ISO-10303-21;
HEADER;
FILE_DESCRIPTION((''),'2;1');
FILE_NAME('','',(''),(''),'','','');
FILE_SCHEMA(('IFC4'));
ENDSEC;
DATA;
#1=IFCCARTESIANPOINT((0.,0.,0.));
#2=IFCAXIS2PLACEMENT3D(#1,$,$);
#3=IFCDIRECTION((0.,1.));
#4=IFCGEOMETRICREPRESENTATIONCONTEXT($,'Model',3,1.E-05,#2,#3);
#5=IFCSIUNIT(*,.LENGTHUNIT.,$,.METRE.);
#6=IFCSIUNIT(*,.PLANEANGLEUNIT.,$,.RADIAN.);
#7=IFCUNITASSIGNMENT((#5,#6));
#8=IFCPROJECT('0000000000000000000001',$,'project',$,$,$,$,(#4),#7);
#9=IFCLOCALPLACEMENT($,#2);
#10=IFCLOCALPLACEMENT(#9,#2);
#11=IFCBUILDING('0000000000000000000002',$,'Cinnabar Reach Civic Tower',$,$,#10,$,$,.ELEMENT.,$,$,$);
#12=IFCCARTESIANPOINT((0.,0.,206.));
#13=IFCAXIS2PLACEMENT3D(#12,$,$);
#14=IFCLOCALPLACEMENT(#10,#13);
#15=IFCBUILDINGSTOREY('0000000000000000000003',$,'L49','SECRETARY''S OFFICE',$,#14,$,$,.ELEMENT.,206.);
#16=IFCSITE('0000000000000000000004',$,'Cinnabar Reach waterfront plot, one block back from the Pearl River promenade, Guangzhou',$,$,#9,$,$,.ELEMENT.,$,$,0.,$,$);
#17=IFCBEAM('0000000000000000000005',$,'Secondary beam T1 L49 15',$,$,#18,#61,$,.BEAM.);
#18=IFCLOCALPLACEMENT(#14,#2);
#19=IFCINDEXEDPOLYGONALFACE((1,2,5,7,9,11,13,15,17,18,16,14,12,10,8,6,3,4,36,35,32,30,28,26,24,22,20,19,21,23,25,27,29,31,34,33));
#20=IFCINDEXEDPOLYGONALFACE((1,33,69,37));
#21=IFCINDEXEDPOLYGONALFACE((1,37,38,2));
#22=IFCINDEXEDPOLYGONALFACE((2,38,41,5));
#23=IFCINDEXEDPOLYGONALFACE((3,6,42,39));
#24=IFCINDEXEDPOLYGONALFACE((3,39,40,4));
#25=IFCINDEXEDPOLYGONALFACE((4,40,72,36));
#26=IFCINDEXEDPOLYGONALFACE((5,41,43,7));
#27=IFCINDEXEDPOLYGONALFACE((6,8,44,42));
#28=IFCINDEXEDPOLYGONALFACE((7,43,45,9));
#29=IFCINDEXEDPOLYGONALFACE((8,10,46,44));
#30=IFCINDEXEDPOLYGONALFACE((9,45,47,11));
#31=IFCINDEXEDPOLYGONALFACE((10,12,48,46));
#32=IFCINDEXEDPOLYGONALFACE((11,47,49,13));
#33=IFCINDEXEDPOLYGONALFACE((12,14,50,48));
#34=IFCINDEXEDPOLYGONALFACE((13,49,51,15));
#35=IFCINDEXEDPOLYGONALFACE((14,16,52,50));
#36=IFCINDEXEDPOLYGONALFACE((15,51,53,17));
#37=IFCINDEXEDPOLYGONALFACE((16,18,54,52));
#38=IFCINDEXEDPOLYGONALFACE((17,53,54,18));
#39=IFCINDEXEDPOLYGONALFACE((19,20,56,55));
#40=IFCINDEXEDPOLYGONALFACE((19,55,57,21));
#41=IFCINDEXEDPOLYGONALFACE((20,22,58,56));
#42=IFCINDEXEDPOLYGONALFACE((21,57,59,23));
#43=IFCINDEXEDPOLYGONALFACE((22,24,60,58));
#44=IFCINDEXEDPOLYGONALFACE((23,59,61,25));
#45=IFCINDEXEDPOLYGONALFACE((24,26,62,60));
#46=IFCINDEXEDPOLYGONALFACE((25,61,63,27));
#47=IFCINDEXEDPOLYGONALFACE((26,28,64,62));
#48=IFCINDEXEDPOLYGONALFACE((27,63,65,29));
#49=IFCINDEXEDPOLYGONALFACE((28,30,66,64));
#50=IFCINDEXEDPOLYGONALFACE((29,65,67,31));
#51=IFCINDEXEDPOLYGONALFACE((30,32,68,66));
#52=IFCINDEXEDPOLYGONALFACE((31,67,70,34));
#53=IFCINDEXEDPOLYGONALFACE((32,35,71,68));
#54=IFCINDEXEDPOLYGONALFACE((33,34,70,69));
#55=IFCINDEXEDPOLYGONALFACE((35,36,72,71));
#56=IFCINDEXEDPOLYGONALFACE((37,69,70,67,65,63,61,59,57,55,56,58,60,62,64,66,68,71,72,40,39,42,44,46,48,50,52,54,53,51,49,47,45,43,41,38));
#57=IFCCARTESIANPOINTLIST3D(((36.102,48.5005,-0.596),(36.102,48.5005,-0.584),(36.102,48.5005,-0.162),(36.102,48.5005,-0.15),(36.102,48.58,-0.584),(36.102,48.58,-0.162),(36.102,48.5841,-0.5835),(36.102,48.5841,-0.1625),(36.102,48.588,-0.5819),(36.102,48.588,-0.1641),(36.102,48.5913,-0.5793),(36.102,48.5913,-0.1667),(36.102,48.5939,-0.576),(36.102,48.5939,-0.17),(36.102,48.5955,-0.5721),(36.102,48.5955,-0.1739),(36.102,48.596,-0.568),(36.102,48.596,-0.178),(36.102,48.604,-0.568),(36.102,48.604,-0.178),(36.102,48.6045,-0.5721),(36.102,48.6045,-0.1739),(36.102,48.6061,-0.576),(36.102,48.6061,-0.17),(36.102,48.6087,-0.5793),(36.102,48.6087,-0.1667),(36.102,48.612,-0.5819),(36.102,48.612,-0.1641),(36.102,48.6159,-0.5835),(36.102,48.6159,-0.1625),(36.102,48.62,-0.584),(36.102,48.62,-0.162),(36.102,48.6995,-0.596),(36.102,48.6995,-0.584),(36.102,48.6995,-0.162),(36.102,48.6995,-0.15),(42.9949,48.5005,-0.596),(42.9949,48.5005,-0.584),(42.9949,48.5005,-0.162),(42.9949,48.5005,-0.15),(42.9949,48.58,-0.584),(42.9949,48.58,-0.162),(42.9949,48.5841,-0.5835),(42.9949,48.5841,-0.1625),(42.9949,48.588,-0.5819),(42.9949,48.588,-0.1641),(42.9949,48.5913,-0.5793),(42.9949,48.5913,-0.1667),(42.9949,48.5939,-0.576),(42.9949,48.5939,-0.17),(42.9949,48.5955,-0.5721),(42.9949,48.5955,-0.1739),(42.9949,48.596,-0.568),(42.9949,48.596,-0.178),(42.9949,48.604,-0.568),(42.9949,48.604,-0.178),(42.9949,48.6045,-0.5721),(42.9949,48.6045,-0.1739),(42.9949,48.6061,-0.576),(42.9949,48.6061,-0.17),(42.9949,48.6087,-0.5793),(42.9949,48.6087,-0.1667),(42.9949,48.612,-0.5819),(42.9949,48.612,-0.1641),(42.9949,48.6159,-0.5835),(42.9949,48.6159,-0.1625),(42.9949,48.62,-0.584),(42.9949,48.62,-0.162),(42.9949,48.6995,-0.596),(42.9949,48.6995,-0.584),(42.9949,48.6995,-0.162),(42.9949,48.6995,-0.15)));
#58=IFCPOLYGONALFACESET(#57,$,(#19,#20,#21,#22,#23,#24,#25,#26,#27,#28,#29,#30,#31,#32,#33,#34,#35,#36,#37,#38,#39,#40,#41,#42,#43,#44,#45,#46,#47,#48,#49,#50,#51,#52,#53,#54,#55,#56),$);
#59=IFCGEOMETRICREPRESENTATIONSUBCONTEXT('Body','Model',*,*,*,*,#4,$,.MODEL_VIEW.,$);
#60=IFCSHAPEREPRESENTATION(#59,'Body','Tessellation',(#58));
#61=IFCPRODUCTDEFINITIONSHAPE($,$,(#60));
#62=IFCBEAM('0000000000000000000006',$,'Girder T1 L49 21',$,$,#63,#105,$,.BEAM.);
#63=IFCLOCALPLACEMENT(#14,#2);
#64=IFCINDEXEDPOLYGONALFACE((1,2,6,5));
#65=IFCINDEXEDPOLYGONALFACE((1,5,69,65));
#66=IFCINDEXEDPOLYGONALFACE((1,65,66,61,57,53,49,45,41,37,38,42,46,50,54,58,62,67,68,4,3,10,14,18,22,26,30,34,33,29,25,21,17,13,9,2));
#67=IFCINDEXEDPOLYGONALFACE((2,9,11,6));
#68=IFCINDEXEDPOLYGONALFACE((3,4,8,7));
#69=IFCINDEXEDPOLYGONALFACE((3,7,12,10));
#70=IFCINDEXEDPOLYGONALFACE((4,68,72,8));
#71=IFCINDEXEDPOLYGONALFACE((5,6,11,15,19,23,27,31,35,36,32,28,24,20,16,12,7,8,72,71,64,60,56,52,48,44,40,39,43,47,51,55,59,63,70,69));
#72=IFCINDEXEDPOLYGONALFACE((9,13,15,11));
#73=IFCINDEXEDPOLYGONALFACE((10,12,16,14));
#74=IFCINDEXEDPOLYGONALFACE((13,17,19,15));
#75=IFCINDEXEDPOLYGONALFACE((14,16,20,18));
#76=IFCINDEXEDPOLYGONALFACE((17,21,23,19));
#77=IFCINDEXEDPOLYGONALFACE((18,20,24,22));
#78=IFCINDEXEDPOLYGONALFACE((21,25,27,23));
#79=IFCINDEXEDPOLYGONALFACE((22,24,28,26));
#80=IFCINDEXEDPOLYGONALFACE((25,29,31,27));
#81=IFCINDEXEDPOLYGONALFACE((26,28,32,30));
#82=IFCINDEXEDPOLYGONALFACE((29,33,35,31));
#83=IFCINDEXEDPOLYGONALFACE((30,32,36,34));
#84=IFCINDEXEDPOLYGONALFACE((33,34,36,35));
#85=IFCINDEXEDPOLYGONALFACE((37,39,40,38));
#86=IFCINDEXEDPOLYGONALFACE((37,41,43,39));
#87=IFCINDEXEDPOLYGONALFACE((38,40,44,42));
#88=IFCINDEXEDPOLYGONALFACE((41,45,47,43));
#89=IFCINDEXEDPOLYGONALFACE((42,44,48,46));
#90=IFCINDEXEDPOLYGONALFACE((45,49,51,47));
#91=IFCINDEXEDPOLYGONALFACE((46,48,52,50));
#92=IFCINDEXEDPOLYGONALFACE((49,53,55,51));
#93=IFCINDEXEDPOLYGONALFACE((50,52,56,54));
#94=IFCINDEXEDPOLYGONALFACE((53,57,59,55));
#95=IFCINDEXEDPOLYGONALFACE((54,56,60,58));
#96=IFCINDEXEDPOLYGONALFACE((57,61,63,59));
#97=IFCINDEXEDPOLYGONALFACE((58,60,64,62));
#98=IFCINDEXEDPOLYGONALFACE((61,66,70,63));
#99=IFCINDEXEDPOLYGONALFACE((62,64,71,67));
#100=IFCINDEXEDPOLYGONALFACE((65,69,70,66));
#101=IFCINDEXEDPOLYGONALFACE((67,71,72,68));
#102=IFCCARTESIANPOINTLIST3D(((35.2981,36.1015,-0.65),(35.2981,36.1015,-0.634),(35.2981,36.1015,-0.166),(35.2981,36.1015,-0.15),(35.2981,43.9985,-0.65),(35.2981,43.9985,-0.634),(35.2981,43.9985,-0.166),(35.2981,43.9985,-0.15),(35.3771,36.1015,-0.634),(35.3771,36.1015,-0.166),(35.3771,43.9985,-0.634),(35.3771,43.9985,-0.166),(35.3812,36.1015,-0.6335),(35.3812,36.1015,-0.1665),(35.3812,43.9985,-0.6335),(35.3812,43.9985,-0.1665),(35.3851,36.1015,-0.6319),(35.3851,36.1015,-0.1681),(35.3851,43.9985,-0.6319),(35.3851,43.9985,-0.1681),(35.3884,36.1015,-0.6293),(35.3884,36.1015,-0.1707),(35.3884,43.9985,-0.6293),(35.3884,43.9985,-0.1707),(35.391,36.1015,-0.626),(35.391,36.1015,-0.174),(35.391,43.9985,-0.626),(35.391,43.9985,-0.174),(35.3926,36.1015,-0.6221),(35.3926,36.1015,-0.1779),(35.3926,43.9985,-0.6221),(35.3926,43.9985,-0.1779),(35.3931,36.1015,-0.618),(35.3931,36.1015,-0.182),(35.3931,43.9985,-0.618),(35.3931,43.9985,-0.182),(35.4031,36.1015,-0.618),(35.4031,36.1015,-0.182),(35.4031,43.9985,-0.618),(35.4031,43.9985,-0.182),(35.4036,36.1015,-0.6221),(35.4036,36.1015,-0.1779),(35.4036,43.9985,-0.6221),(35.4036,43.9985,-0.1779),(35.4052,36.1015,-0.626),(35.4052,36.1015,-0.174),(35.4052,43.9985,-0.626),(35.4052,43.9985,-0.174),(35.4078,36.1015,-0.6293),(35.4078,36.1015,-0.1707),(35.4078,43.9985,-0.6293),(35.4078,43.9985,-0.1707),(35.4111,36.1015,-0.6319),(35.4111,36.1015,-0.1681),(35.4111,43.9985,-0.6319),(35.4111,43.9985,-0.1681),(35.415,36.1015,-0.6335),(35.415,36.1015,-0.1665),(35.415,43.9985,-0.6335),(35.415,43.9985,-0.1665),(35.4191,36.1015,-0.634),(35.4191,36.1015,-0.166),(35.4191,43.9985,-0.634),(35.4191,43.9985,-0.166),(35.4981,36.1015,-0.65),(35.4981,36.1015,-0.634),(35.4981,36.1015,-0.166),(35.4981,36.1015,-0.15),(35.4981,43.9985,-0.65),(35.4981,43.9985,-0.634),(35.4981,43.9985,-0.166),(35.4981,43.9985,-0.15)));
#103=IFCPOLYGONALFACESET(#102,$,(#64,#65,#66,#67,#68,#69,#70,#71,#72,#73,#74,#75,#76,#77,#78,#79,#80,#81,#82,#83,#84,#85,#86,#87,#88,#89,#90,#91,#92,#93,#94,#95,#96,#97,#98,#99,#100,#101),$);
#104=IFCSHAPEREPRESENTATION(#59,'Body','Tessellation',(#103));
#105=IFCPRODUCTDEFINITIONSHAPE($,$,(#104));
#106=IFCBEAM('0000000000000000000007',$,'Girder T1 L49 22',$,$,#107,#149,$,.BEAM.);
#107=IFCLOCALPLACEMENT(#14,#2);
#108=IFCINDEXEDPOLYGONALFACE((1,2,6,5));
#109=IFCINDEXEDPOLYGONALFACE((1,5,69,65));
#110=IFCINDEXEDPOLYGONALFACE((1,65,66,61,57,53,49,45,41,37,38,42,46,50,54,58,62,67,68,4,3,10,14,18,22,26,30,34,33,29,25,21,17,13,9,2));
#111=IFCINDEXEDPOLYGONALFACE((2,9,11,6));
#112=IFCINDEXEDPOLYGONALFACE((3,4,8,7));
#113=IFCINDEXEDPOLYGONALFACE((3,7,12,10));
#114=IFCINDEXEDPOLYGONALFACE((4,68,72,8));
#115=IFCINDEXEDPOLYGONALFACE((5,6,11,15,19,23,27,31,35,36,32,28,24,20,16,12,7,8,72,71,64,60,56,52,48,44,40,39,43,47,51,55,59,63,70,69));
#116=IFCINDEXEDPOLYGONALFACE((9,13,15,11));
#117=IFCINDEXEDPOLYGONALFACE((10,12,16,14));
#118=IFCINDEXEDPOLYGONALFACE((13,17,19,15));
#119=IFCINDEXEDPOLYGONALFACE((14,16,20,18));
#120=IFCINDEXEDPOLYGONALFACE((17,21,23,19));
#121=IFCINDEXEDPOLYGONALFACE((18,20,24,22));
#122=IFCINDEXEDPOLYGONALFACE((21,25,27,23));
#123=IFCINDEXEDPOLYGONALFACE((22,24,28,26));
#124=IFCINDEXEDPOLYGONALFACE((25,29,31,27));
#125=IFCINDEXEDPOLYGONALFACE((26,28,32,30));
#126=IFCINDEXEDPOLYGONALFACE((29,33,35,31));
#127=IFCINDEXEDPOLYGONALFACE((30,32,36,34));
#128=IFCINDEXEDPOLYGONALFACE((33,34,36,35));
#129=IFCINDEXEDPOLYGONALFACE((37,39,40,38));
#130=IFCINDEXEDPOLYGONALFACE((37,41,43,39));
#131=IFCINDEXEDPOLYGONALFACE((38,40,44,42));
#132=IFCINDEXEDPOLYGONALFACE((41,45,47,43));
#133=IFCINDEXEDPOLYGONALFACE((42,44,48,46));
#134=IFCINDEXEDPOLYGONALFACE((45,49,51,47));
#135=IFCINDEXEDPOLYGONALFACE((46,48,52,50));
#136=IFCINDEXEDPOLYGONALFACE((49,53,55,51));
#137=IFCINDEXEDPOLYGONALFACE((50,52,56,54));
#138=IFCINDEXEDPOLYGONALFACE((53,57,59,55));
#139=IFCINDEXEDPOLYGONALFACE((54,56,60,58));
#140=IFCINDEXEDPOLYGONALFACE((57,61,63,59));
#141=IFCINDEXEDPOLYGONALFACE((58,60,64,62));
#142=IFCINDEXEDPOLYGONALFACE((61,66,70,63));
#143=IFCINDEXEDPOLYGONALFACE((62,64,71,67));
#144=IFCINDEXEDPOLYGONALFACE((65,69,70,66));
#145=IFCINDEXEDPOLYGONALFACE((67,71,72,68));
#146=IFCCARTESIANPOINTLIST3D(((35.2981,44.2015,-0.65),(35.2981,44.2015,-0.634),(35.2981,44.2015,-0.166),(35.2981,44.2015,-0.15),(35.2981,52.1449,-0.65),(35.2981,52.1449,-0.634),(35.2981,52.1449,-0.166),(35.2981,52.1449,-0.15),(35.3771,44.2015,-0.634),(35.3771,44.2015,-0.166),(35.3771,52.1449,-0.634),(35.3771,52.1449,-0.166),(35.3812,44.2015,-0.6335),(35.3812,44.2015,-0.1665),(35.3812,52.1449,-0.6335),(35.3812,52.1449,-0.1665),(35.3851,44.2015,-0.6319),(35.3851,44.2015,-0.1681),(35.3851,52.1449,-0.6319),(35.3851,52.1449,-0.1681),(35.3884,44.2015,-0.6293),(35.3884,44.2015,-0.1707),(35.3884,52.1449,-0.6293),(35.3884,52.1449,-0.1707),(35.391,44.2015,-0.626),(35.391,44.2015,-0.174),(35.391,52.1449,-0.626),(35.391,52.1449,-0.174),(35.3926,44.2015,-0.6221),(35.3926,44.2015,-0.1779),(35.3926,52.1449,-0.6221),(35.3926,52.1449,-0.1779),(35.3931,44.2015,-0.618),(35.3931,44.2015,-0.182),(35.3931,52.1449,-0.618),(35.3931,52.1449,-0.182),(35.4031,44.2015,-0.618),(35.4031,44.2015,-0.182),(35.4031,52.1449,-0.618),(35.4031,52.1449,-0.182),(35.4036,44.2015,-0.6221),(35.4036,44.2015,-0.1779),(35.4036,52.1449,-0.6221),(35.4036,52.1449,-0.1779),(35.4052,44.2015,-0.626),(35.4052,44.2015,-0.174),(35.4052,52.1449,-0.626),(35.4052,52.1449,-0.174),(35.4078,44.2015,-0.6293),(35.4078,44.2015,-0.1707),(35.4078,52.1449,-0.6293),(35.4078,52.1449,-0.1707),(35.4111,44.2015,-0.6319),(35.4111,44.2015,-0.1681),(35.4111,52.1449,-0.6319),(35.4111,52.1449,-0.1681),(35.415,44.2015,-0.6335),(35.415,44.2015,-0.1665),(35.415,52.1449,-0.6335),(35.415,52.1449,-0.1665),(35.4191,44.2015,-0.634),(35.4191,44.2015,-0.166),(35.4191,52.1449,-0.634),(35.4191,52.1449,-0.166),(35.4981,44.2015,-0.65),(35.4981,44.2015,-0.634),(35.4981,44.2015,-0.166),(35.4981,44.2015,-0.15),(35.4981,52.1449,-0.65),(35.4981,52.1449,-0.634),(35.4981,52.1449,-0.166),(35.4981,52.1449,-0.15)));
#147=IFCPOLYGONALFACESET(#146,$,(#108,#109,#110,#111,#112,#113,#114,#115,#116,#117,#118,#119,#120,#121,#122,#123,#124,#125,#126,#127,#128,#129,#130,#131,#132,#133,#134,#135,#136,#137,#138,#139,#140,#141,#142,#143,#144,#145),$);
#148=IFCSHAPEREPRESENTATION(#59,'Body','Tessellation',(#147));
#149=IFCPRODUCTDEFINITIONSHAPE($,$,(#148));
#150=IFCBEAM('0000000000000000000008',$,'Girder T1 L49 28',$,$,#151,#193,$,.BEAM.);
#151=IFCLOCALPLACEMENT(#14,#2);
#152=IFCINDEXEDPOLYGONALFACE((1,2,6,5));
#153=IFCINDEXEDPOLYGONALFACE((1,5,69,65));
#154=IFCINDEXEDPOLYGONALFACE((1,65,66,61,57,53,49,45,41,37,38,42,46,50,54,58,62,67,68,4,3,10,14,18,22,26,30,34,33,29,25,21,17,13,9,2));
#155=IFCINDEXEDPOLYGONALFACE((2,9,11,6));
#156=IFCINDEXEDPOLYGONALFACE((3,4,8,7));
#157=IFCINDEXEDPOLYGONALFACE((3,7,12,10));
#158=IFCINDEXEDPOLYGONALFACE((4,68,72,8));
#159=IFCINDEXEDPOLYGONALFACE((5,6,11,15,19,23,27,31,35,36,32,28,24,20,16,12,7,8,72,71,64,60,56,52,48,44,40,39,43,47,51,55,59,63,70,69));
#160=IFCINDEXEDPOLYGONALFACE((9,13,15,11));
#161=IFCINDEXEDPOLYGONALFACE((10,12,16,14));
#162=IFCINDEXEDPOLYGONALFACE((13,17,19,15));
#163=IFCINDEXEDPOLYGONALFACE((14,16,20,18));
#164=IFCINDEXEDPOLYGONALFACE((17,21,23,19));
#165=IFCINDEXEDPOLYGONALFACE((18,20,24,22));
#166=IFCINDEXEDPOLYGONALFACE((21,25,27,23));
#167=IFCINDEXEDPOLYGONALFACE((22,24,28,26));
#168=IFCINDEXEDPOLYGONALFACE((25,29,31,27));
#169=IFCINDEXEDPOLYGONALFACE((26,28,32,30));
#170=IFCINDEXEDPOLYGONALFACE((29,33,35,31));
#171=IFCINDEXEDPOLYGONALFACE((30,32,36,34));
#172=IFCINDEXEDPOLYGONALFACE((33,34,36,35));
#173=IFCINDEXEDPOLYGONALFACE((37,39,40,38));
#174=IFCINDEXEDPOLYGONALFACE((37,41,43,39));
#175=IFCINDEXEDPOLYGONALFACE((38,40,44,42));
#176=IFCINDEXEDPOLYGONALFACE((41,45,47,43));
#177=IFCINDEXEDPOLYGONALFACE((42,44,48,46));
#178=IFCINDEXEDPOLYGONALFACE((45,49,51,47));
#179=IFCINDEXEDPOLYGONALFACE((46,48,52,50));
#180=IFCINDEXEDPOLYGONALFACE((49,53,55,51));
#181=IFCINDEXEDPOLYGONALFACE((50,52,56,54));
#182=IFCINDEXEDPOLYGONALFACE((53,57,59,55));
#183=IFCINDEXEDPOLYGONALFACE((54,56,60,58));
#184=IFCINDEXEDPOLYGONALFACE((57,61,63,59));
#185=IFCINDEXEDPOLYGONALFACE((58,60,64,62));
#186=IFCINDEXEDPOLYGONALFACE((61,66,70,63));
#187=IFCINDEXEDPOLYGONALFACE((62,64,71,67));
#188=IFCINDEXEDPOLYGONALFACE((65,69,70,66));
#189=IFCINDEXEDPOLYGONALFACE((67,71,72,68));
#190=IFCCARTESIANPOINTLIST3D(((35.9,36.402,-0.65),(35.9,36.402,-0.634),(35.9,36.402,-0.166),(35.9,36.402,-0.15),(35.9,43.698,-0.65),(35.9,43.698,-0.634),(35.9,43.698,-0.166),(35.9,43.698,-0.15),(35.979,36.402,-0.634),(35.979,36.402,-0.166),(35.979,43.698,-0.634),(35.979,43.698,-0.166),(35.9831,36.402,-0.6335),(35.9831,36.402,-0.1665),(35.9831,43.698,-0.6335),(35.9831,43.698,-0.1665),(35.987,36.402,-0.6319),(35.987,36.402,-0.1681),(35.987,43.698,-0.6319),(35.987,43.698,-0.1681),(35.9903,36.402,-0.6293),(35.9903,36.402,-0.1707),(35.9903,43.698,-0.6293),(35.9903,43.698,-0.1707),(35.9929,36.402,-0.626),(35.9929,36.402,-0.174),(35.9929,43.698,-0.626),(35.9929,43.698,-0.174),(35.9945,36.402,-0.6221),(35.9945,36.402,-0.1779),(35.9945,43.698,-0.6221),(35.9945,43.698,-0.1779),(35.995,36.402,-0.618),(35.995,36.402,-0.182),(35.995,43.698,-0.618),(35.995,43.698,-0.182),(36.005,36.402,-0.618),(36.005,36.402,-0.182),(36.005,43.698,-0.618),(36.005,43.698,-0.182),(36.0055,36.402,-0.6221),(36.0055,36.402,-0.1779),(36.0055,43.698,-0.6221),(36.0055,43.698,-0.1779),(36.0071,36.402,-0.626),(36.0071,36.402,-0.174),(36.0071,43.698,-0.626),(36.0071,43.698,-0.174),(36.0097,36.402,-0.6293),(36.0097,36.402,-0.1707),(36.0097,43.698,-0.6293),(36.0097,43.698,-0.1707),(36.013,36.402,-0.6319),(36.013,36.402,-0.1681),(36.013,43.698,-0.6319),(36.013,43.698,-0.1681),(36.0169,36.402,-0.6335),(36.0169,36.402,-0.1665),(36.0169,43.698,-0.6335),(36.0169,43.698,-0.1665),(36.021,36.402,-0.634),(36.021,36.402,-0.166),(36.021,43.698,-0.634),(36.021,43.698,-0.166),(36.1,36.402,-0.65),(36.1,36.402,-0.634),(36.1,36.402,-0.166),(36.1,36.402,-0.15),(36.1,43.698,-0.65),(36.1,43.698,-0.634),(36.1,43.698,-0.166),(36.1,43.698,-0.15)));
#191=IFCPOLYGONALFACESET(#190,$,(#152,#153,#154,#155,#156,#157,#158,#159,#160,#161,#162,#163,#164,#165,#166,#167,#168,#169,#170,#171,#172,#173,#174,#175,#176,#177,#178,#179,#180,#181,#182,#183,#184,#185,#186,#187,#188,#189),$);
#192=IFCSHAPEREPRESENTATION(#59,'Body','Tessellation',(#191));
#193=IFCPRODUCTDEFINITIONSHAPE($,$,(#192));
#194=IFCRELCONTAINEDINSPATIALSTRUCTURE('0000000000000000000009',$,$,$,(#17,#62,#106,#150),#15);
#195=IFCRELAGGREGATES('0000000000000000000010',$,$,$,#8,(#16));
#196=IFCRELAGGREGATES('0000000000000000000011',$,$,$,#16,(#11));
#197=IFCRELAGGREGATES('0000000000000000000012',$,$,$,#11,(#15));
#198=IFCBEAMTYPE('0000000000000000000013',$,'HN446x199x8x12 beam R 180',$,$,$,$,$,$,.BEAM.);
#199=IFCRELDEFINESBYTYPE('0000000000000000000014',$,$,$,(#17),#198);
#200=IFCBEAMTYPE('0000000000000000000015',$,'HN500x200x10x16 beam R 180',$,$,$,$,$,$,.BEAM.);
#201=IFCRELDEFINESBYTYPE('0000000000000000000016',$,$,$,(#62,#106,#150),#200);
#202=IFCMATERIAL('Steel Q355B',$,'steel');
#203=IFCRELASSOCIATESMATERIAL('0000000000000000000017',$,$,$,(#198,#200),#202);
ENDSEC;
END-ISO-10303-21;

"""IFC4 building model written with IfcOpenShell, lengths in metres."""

from ifc_helpers import new_model, si_unit, direction, frame, origin, origin_2d, place, context, subcontext, project, spatial, i_section, extrude, material, material_profile, profile_set, type_object, element, save


model = new_model("IFC4")

# Units and contexts
model_context = context("Model", 3, precision=1e-05, world=origin(), true_north=direction((0.0, 1.0)))
body_context = subcontext(model_context, "Body", "Model", "MODEL_VIEW")
ifc_project = project(units=[si_unit("LENGTHUNIT", "METRE"), si_unit("PLANEANGLEUNIT", "RADIAN")], contexts=[model_context])

# Site, building, storey
site_placement = place(None, origin())
site = spatial("IfcSite", under=ifc_project, at=site_placement, Name="Cinnabar Reach waterfront plot, one block back from the Pearl River promenade, Guangzhou", CompositionType="ELEMENT", RefElevation=0.0)
building_placement = place(site_placement, origin())
building = spatial("IfcBuilding", under=site, at=building_placement, Name="Cinnabar Reach Civic Tower", CompositionType="ELEMENT")
storey_placement = place(building_placement, frame((0.0, 0.0, 206.0)))
storey = spatial("IfcBuildingStorey", under=building, at=storey_placement, Name="L49", Description="SECRETARY'S OFFICE", CompositionType="ELEMENT", Elevation=206.0)

# Beams
ifc_material_1 = material(Name="Steel Q355B", Category="steel")
ifc_material_profile_1 = material_profile(ifc_material_1, i_section(OverallWidth=0.199, OverallDepth=0.446, WebThickness=0.008, FlangeThickness=0.012, FilletRadius=0.016, at=origin_2d()), Name="HN446x199x8x12")
ifc_profile_set_1 = profile_set([ifc_material_profile_1], Name="Steel Q355B")
beam_type_1 = type_object("IfcBeamType", Name="HN446x199x8x12 beam R 180", PredefinedType="BEAM", material=ifc_profile_set_1)
beam_1_placement = place(storey_placement, frame((36.102, 48.6, -0.373), z_axis=(1.0, 0.0, 0.0), x_axis=(0.0, 1.0, 0.0)))
element("IfcBeam", 1, at=beam_1_placement, inside=storey, type_object=beam_type_1, Name="Secondary beam T1 L49 15", PredefinedType="BEAM", context=body_context, shape_type="SweptSolid", body=[
    extrude(i_section(OverallWidth=0.199, OverallDepth=0.446, WebThickness=0.008, FlangeThickness=0.012, FilletRadius=0.016, at=origin_2d()), origin(), (0.0, 0.0, 1.0), 6.8929),
])
ifc_material_profile_2 = material_profile(ifc_material_1, i_section(OverallWidth=0.2, OverallDepth=0.5, WebThickness=0.01, FlangeThickness=0.016, FilletRadius=0.016, at=origin_2d()), Name="HN500x200x10x16")
ifc_profile_set_2 = profile_set([ifc_material_profile_2], Name="Steel Q355B")
beam_type_2 = type_object("IfcBeamType", Name="HN500x200x10x16 beam R 180", PredefinedType="BEAM", material=ifc_profile_set_2)
beam_2_placement = place(storey_placement, frame((35.3981, 36.1015, -0.4), z_axis=(0.0, 1.0, 0.0), x_axis=(-1.0, 0.0, 0.0)))
element("IfcBeam", 2, at=beam_2_placement, inside=storey, type_object=beam_type_2, Name="Girder T1 L49 21", PredefinedType="BEAM", context=body_context, shape_type="SweptSolid", body=[
    extrude(i_section(OverallWidth=0.2, OverallDepth=0.5, WebThickness=0.01, FlangeThickness=0.016, FilletRadius=0.016, at=origin_2d()), origin(), (0.0, 0.0, 1.0), 7.897),
])
beam_3_placement = place(storey_placement, frame((35.3981, 44.2015, -0.4), z_axis=(0.0, 1.0, 0.0), x_axis=(-1.0, 0.0, 0.0)))
element("IfcBeam", 3, at=beam_3_placement, inside=storey, type_object=beam_type_2, Name="Girder T1 L49 22", PredefinedType="BEAM", context=body_context, shape_type="SweptSolid", body=[
    extrude(i_section(OverallWidth=0.2, OverallDepth=0.5, WebThickness=0.01, FlangeThickness=0.016, FilletRadius=0.016, at=origin_2d()), origin(), (0.0, 0.0, 1.0), 7.9434),
])
beam_4_placement = place(storey_placement, frame((36.0, 36.402, -0.4), z_axis=(0.0, 1.0, 0.0), x_axis=(-1.0, 0.0, 0.0)))
element("IfcBeam", 4, at=beam_4_placement, inside=storey, type_object=beam_type_2, Name="Girder T1 L49 28", PredefinedType="BEAM", context=body_context, shape_type="SweptSolid", body=[
    extrude(i_section(OverallWidth=0.2, OverallDepth=0.5, WebThickness=0.01, FlangeThickness=0.016, FilletRadius=0.016, at=origin_2d()), origin(), (0.0, 0.0, 1.0), 7.296),
])

save(model, "model.ifc")
